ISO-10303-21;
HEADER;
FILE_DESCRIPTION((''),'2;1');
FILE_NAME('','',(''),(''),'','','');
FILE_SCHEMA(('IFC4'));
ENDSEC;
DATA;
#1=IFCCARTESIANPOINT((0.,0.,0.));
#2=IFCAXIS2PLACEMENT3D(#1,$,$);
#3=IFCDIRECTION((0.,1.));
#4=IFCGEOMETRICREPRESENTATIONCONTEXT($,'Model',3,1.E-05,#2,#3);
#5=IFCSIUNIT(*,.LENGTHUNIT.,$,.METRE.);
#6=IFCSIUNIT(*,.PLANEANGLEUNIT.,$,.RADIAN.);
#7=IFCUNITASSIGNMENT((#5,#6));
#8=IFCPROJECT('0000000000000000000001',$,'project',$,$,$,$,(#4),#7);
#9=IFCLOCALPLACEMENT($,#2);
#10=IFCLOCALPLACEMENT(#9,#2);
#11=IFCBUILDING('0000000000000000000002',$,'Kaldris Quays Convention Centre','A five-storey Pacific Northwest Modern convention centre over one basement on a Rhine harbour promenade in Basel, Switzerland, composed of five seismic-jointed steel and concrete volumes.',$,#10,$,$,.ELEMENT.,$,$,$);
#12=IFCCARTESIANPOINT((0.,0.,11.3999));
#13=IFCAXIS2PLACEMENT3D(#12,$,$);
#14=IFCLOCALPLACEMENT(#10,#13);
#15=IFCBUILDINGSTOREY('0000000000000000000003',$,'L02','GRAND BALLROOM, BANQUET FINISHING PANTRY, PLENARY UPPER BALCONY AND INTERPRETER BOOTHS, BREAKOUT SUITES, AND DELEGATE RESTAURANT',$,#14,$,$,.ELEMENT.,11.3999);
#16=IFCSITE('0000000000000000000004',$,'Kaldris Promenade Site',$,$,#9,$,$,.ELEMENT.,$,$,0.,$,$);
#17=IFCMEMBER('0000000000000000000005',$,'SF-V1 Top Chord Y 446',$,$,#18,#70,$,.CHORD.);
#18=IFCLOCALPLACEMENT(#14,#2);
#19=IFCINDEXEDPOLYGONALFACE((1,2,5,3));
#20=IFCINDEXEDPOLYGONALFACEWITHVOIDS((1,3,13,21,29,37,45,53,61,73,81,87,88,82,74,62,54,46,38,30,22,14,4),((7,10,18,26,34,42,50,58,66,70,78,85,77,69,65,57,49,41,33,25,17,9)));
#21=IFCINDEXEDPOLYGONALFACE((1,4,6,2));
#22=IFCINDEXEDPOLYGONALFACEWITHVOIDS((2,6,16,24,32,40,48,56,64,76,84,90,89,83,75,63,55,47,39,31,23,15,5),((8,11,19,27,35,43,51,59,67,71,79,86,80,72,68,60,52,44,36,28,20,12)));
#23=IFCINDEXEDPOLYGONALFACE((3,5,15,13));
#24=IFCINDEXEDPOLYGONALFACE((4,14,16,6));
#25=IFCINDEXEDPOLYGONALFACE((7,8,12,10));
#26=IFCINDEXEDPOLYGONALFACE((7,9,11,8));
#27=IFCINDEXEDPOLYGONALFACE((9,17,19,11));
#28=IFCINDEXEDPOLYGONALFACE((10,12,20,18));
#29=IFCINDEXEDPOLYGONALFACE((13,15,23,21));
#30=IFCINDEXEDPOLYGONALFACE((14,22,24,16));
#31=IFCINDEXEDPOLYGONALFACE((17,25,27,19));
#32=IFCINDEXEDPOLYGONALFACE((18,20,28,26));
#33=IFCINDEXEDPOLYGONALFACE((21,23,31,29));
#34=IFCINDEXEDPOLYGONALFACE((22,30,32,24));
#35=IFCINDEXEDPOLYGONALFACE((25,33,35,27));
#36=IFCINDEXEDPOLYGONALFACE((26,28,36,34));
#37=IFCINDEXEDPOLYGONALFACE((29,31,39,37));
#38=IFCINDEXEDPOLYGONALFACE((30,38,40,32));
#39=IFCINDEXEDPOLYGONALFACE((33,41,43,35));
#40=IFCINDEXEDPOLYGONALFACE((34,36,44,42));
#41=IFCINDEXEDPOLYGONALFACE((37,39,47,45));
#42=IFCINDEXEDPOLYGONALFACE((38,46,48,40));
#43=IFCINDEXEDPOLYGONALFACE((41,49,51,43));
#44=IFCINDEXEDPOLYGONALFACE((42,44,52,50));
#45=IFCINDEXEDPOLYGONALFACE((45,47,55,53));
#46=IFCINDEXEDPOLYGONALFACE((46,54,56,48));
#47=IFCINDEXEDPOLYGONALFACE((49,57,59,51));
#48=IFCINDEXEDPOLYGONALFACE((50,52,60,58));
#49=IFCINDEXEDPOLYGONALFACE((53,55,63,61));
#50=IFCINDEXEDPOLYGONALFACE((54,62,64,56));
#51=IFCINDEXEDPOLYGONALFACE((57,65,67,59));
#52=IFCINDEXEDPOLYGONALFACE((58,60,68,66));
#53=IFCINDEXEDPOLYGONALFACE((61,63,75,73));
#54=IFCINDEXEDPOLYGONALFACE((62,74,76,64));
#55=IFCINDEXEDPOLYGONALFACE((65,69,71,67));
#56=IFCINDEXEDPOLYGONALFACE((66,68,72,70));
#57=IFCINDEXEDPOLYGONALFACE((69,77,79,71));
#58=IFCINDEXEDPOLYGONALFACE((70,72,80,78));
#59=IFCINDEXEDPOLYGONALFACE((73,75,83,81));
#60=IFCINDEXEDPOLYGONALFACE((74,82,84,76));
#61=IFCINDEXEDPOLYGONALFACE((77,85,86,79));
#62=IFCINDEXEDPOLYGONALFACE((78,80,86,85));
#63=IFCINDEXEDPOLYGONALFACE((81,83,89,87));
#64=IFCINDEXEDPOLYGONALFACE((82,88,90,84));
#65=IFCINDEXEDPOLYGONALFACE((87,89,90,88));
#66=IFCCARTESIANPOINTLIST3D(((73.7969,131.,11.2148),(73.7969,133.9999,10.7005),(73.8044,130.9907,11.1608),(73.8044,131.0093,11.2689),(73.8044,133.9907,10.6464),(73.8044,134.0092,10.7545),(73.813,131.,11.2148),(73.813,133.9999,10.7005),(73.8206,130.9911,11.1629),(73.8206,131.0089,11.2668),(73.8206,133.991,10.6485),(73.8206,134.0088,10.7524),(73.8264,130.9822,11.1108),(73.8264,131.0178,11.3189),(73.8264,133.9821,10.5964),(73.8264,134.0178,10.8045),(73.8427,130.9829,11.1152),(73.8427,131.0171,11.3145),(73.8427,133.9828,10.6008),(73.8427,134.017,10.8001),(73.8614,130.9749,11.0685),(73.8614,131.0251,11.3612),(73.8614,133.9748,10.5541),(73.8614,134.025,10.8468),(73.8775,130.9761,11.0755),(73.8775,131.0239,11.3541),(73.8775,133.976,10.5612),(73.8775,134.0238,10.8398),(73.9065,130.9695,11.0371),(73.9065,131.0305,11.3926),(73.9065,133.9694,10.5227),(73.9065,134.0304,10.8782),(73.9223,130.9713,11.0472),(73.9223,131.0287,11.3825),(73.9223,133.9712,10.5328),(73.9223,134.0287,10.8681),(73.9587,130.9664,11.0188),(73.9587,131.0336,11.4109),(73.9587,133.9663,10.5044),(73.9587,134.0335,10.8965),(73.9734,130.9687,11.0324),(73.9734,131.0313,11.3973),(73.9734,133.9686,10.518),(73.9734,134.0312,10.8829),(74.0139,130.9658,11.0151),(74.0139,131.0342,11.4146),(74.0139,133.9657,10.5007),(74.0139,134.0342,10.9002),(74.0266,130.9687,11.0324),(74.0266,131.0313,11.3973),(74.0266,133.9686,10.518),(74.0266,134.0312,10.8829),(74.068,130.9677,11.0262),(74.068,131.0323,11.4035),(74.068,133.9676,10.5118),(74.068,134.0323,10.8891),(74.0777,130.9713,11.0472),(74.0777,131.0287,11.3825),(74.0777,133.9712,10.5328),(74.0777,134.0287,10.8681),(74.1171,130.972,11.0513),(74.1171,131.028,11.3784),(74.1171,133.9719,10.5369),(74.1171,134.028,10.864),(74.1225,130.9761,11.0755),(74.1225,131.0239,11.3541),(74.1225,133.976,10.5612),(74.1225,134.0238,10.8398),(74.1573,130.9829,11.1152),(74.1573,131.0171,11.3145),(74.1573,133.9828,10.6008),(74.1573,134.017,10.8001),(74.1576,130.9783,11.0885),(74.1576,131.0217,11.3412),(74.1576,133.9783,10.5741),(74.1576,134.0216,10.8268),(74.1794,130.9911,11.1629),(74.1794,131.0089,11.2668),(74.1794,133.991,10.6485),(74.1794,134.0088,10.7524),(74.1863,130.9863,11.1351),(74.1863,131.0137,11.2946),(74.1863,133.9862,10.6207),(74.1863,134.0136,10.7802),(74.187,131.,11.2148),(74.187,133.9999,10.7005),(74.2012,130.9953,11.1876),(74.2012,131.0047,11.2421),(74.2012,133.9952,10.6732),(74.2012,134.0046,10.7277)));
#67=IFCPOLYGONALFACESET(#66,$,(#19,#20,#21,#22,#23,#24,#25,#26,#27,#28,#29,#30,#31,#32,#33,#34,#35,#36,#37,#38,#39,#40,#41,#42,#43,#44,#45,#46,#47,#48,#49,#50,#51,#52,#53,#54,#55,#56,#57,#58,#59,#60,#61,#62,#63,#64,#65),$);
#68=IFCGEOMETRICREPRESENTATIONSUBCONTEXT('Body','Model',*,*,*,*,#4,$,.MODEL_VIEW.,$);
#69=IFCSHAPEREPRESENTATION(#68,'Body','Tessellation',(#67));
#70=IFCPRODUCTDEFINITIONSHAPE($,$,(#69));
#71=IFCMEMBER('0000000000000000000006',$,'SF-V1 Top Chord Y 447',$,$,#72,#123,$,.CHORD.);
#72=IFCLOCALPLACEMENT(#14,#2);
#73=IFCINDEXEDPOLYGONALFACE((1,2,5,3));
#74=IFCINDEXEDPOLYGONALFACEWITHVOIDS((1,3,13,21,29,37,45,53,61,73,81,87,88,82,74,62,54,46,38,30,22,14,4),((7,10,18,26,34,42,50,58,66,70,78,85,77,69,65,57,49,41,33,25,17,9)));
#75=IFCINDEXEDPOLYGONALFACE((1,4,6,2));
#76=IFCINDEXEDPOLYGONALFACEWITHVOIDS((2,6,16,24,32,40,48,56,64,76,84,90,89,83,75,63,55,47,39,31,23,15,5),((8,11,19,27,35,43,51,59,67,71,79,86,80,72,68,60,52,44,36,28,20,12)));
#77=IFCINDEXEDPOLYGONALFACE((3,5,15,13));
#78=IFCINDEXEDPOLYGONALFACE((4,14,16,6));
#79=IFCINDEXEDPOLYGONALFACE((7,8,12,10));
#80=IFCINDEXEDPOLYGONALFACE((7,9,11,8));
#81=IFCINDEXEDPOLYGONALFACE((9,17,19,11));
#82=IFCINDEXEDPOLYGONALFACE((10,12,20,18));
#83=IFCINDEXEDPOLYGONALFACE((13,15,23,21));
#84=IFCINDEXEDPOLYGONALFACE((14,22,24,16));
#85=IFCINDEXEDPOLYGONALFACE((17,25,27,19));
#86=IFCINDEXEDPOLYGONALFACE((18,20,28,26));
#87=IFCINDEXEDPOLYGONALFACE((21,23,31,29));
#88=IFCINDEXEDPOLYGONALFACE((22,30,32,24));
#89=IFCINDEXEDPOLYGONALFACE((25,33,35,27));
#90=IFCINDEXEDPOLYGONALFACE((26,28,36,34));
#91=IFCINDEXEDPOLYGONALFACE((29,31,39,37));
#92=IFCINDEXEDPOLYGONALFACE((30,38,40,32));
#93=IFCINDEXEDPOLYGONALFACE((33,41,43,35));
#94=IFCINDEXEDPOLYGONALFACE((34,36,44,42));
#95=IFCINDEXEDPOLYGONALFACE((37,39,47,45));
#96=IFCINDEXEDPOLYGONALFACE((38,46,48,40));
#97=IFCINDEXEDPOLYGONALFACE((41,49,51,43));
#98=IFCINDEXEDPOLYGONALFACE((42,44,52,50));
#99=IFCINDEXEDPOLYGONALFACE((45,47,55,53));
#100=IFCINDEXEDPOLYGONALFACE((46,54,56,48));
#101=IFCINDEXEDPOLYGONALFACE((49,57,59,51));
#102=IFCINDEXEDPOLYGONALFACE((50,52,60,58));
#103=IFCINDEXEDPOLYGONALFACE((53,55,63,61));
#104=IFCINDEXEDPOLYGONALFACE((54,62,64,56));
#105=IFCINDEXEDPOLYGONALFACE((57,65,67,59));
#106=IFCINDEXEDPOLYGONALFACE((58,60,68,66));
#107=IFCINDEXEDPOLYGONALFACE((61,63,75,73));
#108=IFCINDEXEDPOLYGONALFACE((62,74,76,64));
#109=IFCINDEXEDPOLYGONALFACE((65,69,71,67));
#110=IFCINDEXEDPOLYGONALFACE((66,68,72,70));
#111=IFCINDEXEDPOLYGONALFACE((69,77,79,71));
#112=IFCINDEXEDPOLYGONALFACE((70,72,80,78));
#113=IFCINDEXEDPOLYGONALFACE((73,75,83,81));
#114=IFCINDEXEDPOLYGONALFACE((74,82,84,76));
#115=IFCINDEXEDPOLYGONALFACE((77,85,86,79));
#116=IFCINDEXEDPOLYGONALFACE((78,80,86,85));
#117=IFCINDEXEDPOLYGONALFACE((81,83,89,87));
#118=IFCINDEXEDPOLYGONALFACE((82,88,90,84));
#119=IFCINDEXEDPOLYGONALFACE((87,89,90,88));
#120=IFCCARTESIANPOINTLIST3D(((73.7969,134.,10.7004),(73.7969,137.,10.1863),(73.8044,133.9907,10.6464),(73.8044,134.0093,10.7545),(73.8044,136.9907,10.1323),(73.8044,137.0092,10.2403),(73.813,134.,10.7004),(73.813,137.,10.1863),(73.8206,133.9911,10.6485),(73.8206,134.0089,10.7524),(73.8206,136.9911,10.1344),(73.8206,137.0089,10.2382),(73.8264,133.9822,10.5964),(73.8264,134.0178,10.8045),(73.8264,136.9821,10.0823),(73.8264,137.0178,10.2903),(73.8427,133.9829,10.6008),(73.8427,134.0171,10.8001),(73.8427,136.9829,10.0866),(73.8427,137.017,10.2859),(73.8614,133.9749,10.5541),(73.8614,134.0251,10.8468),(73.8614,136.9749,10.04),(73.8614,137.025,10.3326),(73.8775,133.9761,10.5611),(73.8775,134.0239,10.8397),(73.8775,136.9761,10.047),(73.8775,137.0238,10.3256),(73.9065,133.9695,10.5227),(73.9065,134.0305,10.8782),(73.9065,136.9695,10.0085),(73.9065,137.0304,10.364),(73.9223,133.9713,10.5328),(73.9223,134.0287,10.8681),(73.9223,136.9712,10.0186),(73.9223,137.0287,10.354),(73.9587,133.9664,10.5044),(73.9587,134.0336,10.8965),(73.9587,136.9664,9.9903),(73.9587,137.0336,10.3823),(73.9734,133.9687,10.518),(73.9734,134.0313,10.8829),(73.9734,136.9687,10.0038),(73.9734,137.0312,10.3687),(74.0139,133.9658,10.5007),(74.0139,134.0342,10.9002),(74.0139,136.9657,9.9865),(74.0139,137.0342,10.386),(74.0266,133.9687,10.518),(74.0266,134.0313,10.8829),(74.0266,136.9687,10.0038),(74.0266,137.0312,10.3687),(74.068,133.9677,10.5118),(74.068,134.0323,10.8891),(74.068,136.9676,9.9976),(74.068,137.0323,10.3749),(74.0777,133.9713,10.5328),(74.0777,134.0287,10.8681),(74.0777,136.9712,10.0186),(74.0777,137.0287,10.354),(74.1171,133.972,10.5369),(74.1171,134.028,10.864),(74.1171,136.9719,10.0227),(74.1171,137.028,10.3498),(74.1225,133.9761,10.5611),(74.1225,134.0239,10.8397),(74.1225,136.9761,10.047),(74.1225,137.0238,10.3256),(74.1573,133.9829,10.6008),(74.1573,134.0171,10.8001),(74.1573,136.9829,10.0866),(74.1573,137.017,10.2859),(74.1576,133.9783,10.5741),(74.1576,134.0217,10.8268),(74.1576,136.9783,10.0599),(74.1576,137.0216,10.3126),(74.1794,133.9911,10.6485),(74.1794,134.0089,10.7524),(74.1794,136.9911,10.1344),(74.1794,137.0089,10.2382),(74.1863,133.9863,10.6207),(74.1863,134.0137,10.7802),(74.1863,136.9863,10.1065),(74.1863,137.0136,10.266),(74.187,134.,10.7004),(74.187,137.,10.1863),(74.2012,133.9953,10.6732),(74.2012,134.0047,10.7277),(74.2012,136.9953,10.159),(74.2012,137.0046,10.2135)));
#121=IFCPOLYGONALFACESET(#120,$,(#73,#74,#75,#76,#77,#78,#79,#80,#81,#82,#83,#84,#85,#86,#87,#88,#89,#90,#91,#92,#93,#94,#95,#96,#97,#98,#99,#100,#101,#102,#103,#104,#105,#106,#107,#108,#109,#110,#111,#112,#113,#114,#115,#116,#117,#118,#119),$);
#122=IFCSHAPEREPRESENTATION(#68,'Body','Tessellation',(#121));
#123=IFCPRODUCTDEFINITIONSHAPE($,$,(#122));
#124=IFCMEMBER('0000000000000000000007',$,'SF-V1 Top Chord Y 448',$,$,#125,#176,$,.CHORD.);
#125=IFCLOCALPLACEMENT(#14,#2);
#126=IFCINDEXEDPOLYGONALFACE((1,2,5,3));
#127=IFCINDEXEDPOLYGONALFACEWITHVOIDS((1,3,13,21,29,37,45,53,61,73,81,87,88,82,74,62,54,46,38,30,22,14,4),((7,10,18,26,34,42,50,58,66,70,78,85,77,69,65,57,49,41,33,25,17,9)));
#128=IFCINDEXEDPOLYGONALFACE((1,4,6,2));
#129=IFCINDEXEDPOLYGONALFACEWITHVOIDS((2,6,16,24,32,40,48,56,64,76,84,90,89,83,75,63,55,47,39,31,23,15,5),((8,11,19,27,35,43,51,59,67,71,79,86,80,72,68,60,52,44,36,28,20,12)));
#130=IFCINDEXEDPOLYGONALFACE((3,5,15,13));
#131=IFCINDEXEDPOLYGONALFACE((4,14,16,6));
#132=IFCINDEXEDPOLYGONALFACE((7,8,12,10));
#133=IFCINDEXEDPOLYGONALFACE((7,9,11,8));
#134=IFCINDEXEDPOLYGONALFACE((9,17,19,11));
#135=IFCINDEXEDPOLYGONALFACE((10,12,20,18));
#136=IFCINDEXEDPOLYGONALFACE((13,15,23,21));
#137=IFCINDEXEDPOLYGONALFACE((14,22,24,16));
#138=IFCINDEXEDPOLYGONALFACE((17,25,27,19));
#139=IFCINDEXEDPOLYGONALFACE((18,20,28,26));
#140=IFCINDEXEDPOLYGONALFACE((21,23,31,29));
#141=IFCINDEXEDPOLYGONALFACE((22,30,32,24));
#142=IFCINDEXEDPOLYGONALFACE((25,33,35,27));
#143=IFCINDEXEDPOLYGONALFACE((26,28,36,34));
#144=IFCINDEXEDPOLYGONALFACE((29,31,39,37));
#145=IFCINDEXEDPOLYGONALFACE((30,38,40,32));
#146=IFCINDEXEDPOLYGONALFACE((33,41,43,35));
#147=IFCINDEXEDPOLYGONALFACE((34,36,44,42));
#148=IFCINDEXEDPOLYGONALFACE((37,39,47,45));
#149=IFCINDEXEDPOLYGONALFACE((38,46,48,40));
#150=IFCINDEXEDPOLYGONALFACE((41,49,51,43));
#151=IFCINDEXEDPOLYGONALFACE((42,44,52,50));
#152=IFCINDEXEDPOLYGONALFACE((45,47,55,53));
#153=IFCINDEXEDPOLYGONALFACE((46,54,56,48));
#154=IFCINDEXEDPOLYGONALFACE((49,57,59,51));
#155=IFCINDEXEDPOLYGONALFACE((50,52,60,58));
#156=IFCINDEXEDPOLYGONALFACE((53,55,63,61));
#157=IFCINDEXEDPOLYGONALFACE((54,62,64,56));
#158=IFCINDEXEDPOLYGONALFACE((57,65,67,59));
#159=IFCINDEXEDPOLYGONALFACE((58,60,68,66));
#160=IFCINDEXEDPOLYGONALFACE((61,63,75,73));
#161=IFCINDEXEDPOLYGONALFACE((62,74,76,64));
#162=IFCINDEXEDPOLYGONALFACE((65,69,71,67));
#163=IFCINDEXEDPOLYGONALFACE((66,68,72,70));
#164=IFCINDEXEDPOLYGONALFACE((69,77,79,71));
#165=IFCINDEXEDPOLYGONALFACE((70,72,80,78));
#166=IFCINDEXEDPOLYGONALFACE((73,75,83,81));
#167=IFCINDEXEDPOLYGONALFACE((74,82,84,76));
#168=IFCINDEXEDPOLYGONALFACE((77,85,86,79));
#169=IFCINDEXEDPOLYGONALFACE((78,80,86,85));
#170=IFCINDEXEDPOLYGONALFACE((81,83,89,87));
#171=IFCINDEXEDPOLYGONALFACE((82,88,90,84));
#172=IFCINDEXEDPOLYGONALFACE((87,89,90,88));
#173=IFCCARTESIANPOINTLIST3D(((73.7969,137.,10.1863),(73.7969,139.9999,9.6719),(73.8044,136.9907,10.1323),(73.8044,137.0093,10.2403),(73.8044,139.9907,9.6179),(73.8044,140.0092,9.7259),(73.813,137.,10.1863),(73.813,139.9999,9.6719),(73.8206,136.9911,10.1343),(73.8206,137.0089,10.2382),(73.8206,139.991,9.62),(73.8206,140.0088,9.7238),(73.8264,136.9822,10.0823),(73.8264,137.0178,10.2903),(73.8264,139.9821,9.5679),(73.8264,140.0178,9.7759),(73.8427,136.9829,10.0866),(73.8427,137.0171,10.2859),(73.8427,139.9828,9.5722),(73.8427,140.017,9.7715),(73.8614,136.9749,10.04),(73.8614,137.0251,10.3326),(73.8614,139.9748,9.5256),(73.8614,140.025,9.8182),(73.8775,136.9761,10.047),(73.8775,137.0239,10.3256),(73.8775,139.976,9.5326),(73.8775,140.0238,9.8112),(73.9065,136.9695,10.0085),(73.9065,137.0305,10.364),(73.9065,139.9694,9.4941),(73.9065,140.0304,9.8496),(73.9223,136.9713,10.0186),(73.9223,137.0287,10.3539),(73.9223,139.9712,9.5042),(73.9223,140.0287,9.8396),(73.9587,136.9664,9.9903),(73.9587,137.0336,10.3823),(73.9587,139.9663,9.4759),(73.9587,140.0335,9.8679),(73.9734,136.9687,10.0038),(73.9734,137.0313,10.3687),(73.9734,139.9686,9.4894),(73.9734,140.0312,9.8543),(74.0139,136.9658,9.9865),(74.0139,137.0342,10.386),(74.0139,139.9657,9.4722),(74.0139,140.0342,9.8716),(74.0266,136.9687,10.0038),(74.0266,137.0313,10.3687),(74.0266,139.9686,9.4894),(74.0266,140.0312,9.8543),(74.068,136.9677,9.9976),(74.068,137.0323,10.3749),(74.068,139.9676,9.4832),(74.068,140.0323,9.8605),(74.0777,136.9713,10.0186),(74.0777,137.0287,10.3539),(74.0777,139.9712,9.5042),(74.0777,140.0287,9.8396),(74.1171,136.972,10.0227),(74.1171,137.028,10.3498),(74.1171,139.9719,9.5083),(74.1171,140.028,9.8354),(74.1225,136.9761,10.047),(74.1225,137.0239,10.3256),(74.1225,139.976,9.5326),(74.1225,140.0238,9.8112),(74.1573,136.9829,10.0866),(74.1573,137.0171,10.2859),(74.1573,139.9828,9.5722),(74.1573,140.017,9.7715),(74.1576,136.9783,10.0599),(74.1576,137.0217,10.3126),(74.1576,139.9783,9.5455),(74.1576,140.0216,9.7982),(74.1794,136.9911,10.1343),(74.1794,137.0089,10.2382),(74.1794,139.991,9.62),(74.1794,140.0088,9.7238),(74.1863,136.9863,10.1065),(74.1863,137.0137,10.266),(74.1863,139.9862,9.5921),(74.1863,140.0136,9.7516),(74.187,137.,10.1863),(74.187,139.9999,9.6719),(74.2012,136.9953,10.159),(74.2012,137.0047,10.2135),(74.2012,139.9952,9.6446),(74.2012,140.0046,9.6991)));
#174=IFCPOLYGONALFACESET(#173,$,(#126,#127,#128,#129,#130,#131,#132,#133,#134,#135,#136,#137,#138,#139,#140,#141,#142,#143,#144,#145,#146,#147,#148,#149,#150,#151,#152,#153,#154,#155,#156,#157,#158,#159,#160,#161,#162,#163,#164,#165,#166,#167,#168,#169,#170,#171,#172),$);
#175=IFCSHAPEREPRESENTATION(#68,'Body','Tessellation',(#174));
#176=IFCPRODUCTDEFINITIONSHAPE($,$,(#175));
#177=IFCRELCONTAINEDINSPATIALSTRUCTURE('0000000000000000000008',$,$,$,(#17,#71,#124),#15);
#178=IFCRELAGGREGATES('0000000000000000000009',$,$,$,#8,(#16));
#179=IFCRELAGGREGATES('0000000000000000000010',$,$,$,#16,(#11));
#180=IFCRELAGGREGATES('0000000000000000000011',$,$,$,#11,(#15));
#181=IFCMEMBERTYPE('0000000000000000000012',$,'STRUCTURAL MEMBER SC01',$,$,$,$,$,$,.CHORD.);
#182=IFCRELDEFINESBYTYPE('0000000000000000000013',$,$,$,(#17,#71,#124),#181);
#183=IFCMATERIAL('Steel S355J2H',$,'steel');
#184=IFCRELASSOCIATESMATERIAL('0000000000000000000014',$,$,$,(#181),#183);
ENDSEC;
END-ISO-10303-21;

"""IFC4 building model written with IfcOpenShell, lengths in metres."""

from ifc_helpers import new_model, si_unit, direction, frame, origin, origin_2d, place, context, subcontext, project, spatial, hollow_circle, extrude, material, material_profile, profile_set, type_object, element, save


model = new_model("IFC4")

# Units and contexts
model_context = context("Model", 3, precision=1e-05, world=origin(), true_north=direction((0.0, 1.0)))
body_context = subcontext(model_context, "Body", "Model", "MODEL_VIEW")
ifc_project = project(units=[si_unit("LENGTHUNIT", "METRE"), si_unit("PLANEANGLEUNIT", "RADIAN")], contexts=[model_context])

# Site, building, storey
site_placement = place(None, origin())
site = spatial("IfcSite", under=ifc_project, at=site_placement, Name="Kaldris Promenade Site", CompositionType="ELEMENT", RefElevation=0.0)
building_placement = place(site_placement, origin())
building = spatial("IfcBuilding", under=site, at=building_placement, Name="Kaldris Quays Convention Centre", Description="A five-storey Pacific Northwest Modern convention centre over one basement on a Rhine harbour promenade in Basel, Switzerland, composed of five seismic-jointed steel and concrete volumes.", CompositionType="ELEMENT")
storey_placement = place(building_placement, frame((0.0, 0.0, 11.3999)))
storey = spatial("IfcBuildingStorey", under=building, at=storey_placement, Name="L02", Description="GRAND BALLROOM, BANQUET FINISHING PANTRY, PLENARY UPPER BALCONY AND INTERPRETER BOOTHS, BREAKOUT SUITES, AND DELEGATE RESTAURANT", CompositionType="ELEMENT", Elevation=11.3999)

# Members
ifc_material_1 = material(Name="Steel S355J2H", Category="steel")
ifc_material_profile_1 = material_profile(ifc_material_1, hollow_circle(Radius=0.2031, WallThickness=0.0161, at=origin_2d()), Name="CHS 406.4x16")
ifc_profile_set_1 = profile_set([ifc_material_profile_1], Name="Steel S355J2H")
member_type_1 = type_object("IfcMemberType", Name="STRUCTURAL MEMBER SC01", PredefinedType="CHORD", material=ifc_profile_set_1)
for number, where, z_axis, x_axis, name in (
    (1, (74.0, 131.0, 11.2148), (0.0, 0.985616, -0.169002), (-1.0, 0.0, 0.0), "SF-V1 Top Chord Y 446"),
    (2, (74.0, 134.0, 10.7004), (0.0, 0.985629, -0.168924), (-1.0, 0.0, 0.0), "SF-V1 Top Chord Y 447"),
    (3, (74.0, 137.0, 10.1863), (0.0, 0.985616, -0.169002), (-1.0, 0.0, 0.0), "SF-V1 Top Chord Y 448"),
):
    element("IfcMember", number, at=place(storey_placement, frame(where, z_axis=z_axis, x_axis=x_axis)), inside=storey, type_object=member_type_1, Name=name, PredefinedType="CHORD", context=body_context, shape_type="SweptSolid", body=[
        extrude(hollow_circle(Radius=0.2031, WallThickness=0.0161, at=origin_2d()), origin(), (0.0, 0.0, 1.0), 3.0437),
    ])

save(model, "model.ifc")
